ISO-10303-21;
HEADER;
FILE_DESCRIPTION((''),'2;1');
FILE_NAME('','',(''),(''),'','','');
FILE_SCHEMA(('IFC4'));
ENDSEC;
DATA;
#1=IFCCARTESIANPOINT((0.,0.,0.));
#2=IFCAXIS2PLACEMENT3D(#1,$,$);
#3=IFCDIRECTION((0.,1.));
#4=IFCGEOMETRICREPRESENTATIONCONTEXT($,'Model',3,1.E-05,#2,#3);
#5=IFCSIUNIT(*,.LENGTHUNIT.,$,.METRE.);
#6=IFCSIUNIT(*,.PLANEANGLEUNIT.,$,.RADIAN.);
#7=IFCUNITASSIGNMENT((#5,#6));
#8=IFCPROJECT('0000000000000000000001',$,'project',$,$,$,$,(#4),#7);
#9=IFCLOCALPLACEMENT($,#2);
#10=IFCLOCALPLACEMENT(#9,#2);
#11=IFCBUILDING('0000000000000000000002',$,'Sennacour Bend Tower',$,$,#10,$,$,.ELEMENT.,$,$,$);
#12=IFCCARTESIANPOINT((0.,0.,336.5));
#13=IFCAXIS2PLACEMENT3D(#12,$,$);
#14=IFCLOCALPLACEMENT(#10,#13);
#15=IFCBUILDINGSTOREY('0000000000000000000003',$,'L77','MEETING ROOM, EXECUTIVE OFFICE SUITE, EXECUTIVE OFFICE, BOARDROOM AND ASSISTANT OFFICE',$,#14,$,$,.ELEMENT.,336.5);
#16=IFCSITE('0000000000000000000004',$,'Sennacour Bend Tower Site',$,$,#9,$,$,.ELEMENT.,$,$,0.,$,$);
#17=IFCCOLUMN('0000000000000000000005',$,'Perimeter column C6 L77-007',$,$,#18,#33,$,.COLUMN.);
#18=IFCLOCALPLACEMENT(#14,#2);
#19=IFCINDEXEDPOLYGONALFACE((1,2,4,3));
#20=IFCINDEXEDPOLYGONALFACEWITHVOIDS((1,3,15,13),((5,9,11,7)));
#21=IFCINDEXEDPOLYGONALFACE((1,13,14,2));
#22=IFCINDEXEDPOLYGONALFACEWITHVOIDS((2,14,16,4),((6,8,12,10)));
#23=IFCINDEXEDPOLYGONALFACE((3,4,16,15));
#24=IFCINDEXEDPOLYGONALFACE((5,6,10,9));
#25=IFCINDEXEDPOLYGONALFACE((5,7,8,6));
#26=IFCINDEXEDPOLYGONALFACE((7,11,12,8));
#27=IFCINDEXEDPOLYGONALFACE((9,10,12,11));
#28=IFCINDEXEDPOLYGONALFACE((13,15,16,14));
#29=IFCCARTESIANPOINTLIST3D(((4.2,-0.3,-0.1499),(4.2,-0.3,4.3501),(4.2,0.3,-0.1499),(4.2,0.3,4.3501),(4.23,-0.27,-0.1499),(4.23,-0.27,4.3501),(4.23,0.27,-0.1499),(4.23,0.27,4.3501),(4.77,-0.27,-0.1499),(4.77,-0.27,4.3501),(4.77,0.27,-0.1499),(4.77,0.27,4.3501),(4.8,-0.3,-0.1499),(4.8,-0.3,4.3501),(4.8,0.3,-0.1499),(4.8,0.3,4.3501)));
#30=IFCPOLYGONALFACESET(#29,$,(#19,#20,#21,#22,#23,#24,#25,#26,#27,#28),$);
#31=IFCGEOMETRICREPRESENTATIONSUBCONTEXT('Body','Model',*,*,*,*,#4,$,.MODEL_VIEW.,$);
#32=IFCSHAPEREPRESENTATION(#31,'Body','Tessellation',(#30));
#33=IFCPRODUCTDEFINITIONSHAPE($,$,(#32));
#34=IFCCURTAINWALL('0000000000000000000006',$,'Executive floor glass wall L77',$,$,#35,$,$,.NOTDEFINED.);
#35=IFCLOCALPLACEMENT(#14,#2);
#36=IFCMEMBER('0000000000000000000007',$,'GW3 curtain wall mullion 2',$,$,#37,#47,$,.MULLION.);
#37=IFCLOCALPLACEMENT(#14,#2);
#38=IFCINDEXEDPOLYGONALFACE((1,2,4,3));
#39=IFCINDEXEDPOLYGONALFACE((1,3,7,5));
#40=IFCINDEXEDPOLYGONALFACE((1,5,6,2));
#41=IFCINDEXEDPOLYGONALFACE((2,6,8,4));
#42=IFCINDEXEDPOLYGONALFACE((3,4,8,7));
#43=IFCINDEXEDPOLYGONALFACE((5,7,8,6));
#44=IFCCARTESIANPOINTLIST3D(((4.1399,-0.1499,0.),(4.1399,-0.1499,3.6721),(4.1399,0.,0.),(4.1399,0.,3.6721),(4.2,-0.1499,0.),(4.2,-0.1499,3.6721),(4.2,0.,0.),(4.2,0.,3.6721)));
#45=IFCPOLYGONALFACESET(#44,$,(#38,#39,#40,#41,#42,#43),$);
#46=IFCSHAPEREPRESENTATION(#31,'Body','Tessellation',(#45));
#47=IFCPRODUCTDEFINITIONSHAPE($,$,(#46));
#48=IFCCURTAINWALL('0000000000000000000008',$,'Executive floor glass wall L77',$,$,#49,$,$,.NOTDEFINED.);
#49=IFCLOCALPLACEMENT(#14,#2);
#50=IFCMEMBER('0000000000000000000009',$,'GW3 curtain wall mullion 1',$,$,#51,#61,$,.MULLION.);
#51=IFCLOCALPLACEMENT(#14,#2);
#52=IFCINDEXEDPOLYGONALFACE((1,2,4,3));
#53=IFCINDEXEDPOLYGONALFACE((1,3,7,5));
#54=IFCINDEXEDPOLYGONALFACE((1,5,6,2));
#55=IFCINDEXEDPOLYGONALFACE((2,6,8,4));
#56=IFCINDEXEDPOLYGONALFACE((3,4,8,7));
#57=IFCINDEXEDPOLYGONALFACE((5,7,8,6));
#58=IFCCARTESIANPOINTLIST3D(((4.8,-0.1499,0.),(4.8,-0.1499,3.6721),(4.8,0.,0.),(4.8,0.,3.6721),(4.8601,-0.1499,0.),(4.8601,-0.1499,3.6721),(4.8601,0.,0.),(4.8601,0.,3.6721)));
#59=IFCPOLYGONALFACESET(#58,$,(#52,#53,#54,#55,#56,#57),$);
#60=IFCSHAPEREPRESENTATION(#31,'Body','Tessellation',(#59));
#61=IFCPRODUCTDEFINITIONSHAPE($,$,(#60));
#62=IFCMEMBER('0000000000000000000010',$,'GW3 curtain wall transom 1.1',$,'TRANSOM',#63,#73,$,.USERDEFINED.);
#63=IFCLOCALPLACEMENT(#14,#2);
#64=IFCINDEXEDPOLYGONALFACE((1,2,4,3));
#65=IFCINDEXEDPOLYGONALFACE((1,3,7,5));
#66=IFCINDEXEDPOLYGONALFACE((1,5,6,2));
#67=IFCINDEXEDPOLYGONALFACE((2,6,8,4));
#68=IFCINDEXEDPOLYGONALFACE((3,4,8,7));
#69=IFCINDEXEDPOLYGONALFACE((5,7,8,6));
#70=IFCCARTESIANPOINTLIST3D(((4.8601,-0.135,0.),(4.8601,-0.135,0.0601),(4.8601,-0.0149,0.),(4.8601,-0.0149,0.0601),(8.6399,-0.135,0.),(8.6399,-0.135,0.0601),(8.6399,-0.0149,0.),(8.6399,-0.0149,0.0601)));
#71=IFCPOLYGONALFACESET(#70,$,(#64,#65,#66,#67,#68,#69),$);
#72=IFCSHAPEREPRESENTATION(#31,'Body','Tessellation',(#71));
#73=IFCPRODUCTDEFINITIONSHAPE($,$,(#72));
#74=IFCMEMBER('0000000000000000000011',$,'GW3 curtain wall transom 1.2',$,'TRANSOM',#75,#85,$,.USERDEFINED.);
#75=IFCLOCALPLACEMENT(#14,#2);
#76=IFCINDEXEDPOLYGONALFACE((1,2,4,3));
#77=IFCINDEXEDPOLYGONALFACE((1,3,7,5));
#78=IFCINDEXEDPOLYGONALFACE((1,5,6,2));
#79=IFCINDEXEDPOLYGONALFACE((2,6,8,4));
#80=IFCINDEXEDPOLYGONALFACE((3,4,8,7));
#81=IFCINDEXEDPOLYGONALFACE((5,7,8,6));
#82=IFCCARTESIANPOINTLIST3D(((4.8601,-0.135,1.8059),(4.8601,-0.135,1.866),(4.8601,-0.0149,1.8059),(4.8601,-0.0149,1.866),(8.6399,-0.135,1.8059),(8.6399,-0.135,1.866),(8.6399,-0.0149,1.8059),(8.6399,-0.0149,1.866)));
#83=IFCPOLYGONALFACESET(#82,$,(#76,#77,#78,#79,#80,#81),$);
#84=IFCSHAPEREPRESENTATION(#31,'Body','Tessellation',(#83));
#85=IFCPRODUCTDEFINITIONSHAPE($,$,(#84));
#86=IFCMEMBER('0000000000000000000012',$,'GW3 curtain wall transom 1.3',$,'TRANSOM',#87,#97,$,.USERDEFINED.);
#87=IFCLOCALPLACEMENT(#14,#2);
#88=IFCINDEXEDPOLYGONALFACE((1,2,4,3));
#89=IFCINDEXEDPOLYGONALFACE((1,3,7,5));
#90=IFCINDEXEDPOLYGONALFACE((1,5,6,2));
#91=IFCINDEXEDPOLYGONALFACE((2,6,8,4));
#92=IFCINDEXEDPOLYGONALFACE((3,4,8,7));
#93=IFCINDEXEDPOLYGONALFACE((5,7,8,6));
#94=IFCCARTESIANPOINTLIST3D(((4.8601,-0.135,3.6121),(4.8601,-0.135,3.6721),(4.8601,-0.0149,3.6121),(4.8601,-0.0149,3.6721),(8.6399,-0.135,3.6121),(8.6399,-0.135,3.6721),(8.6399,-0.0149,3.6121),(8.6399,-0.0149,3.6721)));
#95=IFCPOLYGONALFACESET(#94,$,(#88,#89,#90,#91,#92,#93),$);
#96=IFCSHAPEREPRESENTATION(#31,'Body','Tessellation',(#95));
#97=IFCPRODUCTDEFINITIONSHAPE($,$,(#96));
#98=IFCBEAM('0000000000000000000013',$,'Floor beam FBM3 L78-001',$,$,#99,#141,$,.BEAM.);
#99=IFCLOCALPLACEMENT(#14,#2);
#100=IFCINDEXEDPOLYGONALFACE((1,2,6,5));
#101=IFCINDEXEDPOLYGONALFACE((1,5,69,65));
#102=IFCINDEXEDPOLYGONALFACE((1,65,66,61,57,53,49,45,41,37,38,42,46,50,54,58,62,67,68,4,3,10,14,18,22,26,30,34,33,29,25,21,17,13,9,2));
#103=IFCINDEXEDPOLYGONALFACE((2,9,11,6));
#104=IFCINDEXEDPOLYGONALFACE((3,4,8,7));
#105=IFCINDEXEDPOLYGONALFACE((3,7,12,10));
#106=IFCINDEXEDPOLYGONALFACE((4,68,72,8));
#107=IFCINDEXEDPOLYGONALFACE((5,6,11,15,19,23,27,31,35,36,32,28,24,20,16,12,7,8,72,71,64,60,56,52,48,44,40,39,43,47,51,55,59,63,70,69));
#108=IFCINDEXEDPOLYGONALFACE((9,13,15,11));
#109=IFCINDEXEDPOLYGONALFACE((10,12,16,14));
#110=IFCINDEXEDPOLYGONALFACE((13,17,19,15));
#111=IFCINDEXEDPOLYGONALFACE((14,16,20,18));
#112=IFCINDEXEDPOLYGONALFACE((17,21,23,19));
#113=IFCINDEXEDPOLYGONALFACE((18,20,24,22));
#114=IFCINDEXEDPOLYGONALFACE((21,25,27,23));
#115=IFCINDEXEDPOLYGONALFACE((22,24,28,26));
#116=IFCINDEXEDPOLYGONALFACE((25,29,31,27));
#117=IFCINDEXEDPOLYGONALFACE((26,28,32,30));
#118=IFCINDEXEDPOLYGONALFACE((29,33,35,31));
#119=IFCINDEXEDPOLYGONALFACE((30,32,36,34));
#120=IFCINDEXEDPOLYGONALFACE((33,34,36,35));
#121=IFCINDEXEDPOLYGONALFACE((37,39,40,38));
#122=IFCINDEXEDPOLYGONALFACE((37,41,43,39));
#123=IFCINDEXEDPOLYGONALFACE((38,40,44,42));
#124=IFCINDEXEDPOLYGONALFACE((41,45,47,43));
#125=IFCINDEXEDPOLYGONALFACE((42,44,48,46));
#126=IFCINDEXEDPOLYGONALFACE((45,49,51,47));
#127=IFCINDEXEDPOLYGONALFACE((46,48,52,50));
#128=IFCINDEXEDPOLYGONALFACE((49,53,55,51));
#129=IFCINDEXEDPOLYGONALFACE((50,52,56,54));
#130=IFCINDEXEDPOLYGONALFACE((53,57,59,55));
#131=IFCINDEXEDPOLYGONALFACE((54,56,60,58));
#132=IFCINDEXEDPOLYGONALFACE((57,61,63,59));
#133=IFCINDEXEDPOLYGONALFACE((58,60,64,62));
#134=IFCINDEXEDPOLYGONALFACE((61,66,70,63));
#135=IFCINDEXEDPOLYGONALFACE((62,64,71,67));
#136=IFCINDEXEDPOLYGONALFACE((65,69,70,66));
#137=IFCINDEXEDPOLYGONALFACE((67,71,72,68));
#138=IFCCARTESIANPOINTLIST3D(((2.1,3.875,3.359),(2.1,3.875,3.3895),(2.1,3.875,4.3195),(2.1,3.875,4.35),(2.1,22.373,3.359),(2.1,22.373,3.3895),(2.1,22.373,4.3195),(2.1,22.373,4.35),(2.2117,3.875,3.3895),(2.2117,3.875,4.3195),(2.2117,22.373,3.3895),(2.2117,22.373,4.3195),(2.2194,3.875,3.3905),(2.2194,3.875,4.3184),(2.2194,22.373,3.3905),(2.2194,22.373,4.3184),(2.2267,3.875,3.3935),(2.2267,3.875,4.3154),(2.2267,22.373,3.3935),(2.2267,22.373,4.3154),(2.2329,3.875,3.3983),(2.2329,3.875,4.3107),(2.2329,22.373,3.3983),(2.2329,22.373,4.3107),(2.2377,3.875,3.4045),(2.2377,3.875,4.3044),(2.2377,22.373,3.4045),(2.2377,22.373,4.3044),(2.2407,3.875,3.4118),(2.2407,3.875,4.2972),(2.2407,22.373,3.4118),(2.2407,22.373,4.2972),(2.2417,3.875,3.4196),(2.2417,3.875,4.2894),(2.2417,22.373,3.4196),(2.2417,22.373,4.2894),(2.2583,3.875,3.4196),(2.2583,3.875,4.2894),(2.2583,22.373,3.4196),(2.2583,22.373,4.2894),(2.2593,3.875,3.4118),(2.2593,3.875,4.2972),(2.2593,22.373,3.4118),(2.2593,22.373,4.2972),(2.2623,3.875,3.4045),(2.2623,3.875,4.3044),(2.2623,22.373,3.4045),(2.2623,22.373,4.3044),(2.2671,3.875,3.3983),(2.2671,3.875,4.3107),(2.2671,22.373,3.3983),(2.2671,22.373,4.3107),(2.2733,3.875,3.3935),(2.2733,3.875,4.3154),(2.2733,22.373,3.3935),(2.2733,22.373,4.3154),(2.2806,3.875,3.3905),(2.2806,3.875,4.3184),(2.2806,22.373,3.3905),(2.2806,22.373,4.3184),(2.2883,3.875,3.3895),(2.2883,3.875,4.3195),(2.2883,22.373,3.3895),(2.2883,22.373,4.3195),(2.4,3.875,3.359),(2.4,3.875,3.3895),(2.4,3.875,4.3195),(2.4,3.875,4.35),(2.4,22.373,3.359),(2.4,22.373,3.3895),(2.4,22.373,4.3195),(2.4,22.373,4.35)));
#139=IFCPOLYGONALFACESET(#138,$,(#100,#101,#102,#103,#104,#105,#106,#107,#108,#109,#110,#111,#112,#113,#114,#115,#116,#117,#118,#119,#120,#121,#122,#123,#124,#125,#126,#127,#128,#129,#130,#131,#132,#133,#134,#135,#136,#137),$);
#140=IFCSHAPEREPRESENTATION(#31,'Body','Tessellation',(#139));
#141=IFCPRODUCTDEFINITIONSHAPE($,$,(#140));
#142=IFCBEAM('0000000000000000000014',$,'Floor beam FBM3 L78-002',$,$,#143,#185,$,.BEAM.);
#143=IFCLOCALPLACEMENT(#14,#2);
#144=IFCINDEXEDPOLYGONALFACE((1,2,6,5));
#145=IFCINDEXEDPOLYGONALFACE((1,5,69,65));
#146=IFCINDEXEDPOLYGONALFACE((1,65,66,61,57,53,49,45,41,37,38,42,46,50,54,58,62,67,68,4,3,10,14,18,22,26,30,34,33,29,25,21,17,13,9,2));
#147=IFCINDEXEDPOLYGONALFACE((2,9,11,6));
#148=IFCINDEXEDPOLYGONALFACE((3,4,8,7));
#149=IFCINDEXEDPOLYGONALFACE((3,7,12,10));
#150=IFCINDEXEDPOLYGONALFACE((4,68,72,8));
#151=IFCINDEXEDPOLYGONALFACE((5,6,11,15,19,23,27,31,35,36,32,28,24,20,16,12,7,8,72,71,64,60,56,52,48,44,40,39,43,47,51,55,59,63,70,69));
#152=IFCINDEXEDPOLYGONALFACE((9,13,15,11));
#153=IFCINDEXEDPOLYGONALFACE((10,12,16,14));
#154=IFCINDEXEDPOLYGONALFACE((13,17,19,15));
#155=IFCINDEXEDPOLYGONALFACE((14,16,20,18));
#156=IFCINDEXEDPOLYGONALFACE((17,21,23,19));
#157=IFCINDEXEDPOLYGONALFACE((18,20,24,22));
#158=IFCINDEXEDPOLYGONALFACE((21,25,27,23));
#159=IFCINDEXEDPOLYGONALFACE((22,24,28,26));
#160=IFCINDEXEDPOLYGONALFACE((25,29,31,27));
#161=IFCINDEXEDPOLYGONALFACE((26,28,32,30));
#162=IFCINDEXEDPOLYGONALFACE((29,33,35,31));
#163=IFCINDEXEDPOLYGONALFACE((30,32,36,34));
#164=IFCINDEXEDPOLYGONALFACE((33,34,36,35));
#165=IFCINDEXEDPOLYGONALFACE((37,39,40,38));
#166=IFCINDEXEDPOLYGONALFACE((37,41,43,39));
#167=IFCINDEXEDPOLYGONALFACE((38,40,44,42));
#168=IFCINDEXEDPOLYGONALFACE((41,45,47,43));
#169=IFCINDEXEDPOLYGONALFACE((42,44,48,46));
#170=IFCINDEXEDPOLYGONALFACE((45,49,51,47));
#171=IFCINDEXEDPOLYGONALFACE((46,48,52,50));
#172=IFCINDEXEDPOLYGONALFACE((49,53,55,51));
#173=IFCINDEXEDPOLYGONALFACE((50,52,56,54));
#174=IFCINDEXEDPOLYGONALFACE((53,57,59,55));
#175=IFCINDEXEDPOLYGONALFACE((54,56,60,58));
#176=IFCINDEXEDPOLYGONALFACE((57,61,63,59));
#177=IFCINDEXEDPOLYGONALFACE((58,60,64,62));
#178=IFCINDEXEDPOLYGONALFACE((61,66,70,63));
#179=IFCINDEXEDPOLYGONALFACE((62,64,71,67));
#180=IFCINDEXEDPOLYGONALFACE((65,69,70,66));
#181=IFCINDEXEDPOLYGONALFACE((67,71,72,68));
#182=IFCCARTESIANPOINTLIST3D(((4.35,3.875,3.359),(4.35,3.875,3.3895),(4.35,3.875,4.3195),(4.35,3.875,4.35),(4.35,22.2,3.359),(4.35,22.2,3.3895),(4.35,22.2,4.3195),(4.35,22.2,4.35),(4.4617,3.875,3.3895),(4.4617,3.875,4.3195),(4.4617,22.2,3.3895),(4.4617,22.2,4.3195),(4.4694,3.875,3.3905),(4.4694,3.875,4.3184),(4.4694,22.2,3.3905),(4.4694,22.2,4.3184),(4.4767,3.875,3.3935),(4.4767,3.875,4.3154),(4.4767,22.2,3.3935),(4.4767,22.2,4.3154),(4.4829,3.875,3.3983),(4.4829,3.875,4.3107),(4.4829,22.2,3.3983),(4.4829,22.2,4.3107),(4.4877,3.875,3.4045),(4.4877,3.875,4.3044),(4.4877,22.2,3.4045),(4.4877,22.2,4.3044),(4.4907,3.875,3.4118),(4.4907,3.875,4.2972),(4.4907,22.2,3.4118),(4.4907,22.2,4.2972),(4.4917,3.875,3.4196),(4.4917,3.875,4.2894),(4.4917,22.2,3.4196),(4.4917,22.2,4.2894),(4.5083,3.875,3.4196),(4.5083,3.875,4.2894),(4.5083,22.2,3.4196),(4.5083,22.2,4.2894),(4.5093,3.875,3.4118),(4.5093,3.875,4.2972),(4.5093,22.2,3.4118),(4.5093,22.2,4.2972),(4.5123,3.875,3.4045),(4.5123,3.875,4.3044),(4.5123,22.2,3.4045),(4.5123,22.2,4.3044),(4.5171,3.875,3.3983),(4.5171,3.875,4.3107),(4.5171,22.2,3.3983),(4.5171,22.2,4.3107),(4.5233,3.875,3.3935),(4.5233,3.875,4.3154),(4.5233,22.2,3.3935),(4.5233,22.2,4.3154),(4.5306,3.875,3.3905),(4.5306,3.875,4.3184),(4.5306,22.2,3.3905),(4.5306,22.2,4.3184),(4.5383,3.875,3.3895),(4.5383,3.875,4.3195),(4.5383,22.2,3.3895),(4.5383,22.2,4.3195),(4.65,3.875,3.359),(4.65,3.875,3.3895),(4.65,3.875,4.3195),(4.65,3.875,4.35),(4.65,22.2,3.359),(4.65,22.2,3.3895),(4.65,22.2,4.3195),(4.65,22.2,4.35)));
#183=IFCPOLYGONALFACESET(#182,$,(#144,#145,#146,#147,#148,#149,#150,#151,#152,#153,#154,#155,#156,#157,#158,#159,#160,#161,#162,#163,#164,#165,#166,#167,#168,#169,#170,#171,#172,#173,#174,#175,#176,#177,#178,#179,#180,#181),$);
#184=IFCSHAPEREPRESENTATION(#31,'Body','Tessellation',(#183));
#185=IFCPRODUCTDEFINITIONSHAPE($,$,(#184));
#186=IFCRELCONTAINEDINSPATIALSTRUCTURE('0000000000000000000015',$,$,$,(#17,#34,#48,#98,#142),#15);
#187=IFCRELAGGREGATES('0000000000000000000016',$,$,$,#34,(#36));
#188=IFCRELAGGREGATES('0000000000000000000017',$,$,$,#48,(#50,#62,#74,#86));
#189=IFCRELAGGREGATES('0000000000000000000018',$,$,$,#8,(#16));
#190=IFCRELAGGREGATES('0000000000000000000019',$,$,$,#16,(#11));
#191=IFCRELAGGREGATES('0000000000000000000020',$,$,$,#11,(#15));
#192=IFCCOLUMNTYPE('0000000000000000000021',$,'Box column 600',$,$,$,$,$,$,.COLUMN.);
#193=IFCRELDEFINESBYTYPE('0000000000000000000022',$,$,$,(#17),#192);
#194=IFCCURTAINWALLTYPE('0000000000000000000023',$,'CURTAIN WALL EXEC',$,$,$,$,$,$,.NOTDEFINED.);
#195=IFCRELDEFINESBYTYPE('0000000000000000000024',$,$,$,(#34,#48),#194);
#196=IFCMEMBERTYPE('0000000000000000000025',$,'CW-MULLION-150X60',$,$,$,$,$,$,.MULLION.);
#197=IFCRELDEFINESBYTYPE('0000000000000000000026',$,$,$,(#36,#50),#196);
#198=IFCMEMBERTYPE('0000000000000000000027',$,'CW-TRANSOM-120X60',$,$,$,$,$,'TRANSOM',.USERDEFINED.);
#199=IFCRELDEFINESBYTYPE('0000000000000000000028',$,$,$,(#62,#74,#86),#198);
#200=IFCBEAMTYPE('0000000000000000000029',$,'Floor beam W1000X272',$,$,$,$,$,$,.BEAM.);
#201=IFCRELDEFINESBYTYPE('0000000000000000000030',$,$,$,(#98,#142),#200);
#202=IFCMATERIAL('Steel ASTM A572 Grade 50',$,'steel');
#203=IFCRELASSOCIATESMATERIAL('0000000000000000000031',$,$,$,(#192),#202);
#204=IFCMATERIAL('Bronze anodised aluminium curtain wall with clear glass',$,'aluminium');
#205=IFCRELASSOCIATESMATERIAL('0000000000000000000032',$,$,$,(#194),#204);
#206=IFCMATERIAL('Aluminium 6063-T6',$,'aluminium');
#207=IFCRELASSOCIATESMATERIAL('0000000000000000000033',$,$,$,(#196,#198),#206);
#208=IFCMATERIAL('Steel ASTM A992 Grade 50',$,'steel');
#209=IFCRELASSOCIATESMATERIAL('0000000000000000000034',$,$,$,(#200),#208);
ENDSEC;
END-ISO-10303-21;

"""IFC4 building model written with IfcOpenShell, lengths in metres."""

from ifc_helpers import new_model, si_unit, direction, frame, origin, origin_2d, place, context, subcontext, project, spatial, rectangle, hollow_rectangle, i_section, extrude, material, material_profile, profile_set, type_object, element, aggregate, save


model = new_model("IFC4")

# Units and contexts
model_context = context("Model", 3, precision=1e-05, world=origin(), true_north=direction((0.0, 1.0)))
body_context = subcontext(model_context, "Body", "Model", "MODEL_VIEW")
ifc_project = project(units=[si_unit("LENGTHUNIT", "METRE"), si_unit("PLANEANGLEUNIT", "RADIAN")], contexts=[model_context])

# Site, building, storey
site_placement = place(None, origin())
site = spatial("IfcSite", under=ifc_project, at=site_placement, Name="Sennacour Bend Tower Site", CompositionType="ELEMENT", RefElevation=0.0)
building_placement = place(site_placement, origin())
building = spatial("IfcBuilding", under=site, at=building_placement, Name="Sennacour Bend Tower", CompositionType="ELEMENT")
storey_placement = place(building_placement, frame((0.0, 0.0, 336.5)))
storey = spatial("IfcBuildingStorey", under=building, at=storey_placement, Name="L77", Description="MEETING ROOM, EXECUTIVE OFFICE SUITE, EXECUTIVE OFFICE, BOARDROOM AND ASSISTANT OFFICE", CompositionType="ELEMENT", Elevation=336.5)

# Column
ifc_material_1 = material(Name="Steel ASTM A572 Grade 50", Category="steel")
ifc_material_profile_1 = material_profile(ifc_material_1, hollow_rectangle(XDim=0.6001, YDim=0.6001, WallThickness=0.03, at=origin_2d()), Name="Steel ASTM A572 Grade 50", Category="steel")
ifc_profile_set_1 = profile_set([ifc_material_profile_1], Name="Steel ASTM A572 Grade 50")
column_type = type_object("IfcColumnType", Name="Box column 600", PredefinedType="COLUMN", material=ifc_profile_set_1)
column_placement = place(storey_placement, frame((4.5, 0.0, -0.1499), z_axis=(0.0, 0.0, 1.0), x_axis=(1.0, 0.0, 0.0)))
element("IfcColumn", 1, at=column_placement, inside=storey, type_object=column_type, Name="Perimeter column C6 L77-007", PredefinedType="COLUMN", context=body_context, shape_type="SweptSolid", body=[
    extrude(hollow_rectangle(XDim=0.6001, YDim=0.6001, WallThickness=0.03, at=origin_2d()), origin(), (0.0, 0.0, 1.0), 4.5),
])

# Curtain wall, member
ifc_material_2 = material(Name="Bronze anodised aluminium curtain wall with clear glass", Category="aluminium")
curtain_wall_type = type_object("IfcCurtainWallType", Name="CURTAIN WALL EXEC", PredefinedType="NOTDEFINED", material=ifc_material_2)
curtain_wall_1_placement = place(storey_placement, origin())
curtain_wall_1 = element("IfcCurtainWall", 2, at=curtain_wall_1_placement, inside=storey, type_object=curtain_wall_type, Name="Executive floor glass wall L77", PredefinedType="NOTDEFINED")
ifc_material_3 = material(Name="Aluminium 6063-T6", Category="aluminium")
ifc_material_profile_2 = material_profile(ifc_material_3, rectangle(XDim=0.1499, YDim=0.0601, at=origin_2d()), Name="Aluminium 6063-T6", Category="aluminium")
ifc_profile_set_2 = profile_set([ifc_material_profile_2], Name="Aluminium 6063-T6")
member_type_1 = type_object("IfcMemberType", Name="CW-MULLION-150X60", PredefinedType="MULLION", material=ifc_profile_set_2)
member_1_placement = place(storey_placement, frame((4.1699, -0.075, 0.0), z_axis=(0.0, 0.0, 1.0), x_axis=(0.0, 1.0, 0.0)))
member_1 = element("IfcMember", 3, at=member_1_placement, type_object=member_type_1, Name="GW3 curtain wall mullion 2", PredefinedType="MULLION", context=body_context, shape_type="SweptSolid", body=[
    extrude(rectangle(XDim=0.1499, YDim=0.0601, at=origin_2d()), origin(), (0.0, 0.0, 1.0), 3.6721),
])

# Curtain wall, members
curtain_wall_2_placement = place(storey_placement, origin())
curtain_wall_2 = element("IfcCurtainWall", 4, at=curtain_wall_2_placement, inside=storey, type_object=curtain_wall_type, Name="Executive floor glass wall L77", PredefinedType="NOTDEFINED")
member_2_placement = place(storey_placement, frame((4.8301, -0.075, 0.0), z_axis=(0.0, 0.0, 1.0), x_axis=(0.0, 1.0, 0.0)))
member_2 = element("IfcMember", 5, at=member_2_placement, type_object=member_type_1, Name="GW3 curtain wall mullion 1", PredefinedType="MULLION", context=body_context, shape_type="SweptSolid", body=[
    extrude(rectangle(XDim=0.1499, YDim=0.0601, at=origin_2d()), origin(), (0.0, 0.0, 1.0), 3.6721),
])
ifc_material_profile_3 = material_profile(ifc_material_3, rectangle(XDim=0.1201, YDim=0.0601, at=origin_2d()), Name="Aluminium 6063-T6", Category="aluminium")
ifc_profile_set_3 = profile_set([ifc_material_profile_3], Name="Aluminium 6063-T6")
member_type_2 = type_object("IfcMemberType", Name="CW-TRANSOM-120X60", ElementType="TRANSOM", PredefinedType="USERDEFINED", material=ifc_profile_set_3)
member_3_placement = place(storey_placement, frame((4.8601, -0.075, 0.03), z_axis=(1.0, 0.0, 0.0), x_axis=(0.0, 1.0, 0.0)))
member_3 = element("IfcMember", 6, at=member_3_placement, type_object=member_type_2, Name="GW3 curtain wall transom 1.1", ObjectType="TRANSOM", PredefinedType="USERDEFINED", context=body_context, shape_type="SweptSolid", body=[
    extrude(rectangle(XDim=0.1201, YDim=0.0601, at=origin_2d()), origin(), (0.0, 0.0, 1.0), 3.7798),
])
member_4_placement = place(storey_placement, frame((4.8601, -0.075, 1.8359), z_axis=(1.0, 0.0, 0.0), x_axis=(0.0, 1.0, 0.0)))
member_4 = element("IfcMember", 7, at=member_4_placement, type_object=member_type_2, Name="GW3 curtain wall transom 1.2", ObjectType="TRANSOM", PredefinedType="USERDEFINED", context=body_context, shape_type="SweptSolid", body=[
    extrude(rectangle(XDim=0.1201, YDim=0.0601, at=origin_2d()), origin(), (0.0, 0.0, 1.0), 3.7798),
])
member_5_placement = place(storey_placement, frame((4.8601, -0.075, 3.6421), z_axis=(1.0, 0.0, 0.0), x_axis=(0.0, 1.0, 0.0)))
member_5 = element("IfcMember", 8, at=member_5_placement, type_object=member_type_2, Name="GW3 curtain wall transom 1.3", ObjectType="TRANSOM", PredefinedType="USERDEFINED", context=body_context, shape_type="SweptSolid", body=[
    extrude(rectangle(XDim=0.1201, YDim=0.0601, at=origin_2d()), origin(), (0.0, 0.0, 1.0), 3.7798),
])

# Beams
ifc_material_4 = material(Name="Steel ASTM A992 Grade 50", Category="steel")
ifc_material_profile_4 = material_profile(ifc_material_4, i_section(OverallWidth=0.3, OverallDepth=0.991, WebThickness=0.0166, FlangeThickness=0.0305, FilletRadius=0.03, at=origin_2d()), Name="Steel ASTM A992 Grade 50", Category="steel")
ifc_profile_set_4 = profile_set([ifc_material_profile_4], Name="Steel ASTM A992 Grade 50")
beam_type_1 = type_object("IfcBeamType", Name="Floor beam W1000X272", PredefinedType="BEAM", material=ifc_profile_set_4)
beam_1_placement = place(storey_placement, frame((2.25, 3.875, 3.8545), z_axis=(0.0, 1.0, 0.0), x_axis=(-1.0, 0.0, 0.0)))
element("IfcBeam", 9, at=beam_1_placement, inside=storey, type_object=beam_type_1, Name="Floor beam FBM3 L78-001", PredefinedType="BEAM", context=body_context, shape_type="SweptSolid", body=[
    extrude(i_section(OverallWidth=0.3, OverallDepth=0.991, WebThickness=0.0166, FlangeThickness=0.0305, FilletRadius=0.03, at=origin_2d()), origin(), (0.0, 0.0, 1.0), 18.498),
])
beam_2_placement = place(storey_placement, frame((4.5, 3.875, 3.8545), z_axis=(0.0, 1.0, 0.0), x_axis=(-1.0, 0.0, 0.0)))
element("IfcBeam", 10, at=beam_2_placement, inside=storey, type_object=beam_type_1, Name="Floor beam FBM3 L78-002", PredefinedType="BEAM", context=body_context, shape_type="SweptSolid", body=[
    extrude(i_section(OverallWidth=0.3, OverallDepth=0.991, WebThickness=0.0166, FlangeThickness=0.0305, FilletRadius=0.03, at=origin_2d()), origin(), (0.0, 0.0, 1.0), 18.325),
])

aggregate(curtain_wall_1, [member_1])
aggregate(curtain_wall_2, [member_2, member_3, member_4, member_5])

save(model, "model.ifc")
